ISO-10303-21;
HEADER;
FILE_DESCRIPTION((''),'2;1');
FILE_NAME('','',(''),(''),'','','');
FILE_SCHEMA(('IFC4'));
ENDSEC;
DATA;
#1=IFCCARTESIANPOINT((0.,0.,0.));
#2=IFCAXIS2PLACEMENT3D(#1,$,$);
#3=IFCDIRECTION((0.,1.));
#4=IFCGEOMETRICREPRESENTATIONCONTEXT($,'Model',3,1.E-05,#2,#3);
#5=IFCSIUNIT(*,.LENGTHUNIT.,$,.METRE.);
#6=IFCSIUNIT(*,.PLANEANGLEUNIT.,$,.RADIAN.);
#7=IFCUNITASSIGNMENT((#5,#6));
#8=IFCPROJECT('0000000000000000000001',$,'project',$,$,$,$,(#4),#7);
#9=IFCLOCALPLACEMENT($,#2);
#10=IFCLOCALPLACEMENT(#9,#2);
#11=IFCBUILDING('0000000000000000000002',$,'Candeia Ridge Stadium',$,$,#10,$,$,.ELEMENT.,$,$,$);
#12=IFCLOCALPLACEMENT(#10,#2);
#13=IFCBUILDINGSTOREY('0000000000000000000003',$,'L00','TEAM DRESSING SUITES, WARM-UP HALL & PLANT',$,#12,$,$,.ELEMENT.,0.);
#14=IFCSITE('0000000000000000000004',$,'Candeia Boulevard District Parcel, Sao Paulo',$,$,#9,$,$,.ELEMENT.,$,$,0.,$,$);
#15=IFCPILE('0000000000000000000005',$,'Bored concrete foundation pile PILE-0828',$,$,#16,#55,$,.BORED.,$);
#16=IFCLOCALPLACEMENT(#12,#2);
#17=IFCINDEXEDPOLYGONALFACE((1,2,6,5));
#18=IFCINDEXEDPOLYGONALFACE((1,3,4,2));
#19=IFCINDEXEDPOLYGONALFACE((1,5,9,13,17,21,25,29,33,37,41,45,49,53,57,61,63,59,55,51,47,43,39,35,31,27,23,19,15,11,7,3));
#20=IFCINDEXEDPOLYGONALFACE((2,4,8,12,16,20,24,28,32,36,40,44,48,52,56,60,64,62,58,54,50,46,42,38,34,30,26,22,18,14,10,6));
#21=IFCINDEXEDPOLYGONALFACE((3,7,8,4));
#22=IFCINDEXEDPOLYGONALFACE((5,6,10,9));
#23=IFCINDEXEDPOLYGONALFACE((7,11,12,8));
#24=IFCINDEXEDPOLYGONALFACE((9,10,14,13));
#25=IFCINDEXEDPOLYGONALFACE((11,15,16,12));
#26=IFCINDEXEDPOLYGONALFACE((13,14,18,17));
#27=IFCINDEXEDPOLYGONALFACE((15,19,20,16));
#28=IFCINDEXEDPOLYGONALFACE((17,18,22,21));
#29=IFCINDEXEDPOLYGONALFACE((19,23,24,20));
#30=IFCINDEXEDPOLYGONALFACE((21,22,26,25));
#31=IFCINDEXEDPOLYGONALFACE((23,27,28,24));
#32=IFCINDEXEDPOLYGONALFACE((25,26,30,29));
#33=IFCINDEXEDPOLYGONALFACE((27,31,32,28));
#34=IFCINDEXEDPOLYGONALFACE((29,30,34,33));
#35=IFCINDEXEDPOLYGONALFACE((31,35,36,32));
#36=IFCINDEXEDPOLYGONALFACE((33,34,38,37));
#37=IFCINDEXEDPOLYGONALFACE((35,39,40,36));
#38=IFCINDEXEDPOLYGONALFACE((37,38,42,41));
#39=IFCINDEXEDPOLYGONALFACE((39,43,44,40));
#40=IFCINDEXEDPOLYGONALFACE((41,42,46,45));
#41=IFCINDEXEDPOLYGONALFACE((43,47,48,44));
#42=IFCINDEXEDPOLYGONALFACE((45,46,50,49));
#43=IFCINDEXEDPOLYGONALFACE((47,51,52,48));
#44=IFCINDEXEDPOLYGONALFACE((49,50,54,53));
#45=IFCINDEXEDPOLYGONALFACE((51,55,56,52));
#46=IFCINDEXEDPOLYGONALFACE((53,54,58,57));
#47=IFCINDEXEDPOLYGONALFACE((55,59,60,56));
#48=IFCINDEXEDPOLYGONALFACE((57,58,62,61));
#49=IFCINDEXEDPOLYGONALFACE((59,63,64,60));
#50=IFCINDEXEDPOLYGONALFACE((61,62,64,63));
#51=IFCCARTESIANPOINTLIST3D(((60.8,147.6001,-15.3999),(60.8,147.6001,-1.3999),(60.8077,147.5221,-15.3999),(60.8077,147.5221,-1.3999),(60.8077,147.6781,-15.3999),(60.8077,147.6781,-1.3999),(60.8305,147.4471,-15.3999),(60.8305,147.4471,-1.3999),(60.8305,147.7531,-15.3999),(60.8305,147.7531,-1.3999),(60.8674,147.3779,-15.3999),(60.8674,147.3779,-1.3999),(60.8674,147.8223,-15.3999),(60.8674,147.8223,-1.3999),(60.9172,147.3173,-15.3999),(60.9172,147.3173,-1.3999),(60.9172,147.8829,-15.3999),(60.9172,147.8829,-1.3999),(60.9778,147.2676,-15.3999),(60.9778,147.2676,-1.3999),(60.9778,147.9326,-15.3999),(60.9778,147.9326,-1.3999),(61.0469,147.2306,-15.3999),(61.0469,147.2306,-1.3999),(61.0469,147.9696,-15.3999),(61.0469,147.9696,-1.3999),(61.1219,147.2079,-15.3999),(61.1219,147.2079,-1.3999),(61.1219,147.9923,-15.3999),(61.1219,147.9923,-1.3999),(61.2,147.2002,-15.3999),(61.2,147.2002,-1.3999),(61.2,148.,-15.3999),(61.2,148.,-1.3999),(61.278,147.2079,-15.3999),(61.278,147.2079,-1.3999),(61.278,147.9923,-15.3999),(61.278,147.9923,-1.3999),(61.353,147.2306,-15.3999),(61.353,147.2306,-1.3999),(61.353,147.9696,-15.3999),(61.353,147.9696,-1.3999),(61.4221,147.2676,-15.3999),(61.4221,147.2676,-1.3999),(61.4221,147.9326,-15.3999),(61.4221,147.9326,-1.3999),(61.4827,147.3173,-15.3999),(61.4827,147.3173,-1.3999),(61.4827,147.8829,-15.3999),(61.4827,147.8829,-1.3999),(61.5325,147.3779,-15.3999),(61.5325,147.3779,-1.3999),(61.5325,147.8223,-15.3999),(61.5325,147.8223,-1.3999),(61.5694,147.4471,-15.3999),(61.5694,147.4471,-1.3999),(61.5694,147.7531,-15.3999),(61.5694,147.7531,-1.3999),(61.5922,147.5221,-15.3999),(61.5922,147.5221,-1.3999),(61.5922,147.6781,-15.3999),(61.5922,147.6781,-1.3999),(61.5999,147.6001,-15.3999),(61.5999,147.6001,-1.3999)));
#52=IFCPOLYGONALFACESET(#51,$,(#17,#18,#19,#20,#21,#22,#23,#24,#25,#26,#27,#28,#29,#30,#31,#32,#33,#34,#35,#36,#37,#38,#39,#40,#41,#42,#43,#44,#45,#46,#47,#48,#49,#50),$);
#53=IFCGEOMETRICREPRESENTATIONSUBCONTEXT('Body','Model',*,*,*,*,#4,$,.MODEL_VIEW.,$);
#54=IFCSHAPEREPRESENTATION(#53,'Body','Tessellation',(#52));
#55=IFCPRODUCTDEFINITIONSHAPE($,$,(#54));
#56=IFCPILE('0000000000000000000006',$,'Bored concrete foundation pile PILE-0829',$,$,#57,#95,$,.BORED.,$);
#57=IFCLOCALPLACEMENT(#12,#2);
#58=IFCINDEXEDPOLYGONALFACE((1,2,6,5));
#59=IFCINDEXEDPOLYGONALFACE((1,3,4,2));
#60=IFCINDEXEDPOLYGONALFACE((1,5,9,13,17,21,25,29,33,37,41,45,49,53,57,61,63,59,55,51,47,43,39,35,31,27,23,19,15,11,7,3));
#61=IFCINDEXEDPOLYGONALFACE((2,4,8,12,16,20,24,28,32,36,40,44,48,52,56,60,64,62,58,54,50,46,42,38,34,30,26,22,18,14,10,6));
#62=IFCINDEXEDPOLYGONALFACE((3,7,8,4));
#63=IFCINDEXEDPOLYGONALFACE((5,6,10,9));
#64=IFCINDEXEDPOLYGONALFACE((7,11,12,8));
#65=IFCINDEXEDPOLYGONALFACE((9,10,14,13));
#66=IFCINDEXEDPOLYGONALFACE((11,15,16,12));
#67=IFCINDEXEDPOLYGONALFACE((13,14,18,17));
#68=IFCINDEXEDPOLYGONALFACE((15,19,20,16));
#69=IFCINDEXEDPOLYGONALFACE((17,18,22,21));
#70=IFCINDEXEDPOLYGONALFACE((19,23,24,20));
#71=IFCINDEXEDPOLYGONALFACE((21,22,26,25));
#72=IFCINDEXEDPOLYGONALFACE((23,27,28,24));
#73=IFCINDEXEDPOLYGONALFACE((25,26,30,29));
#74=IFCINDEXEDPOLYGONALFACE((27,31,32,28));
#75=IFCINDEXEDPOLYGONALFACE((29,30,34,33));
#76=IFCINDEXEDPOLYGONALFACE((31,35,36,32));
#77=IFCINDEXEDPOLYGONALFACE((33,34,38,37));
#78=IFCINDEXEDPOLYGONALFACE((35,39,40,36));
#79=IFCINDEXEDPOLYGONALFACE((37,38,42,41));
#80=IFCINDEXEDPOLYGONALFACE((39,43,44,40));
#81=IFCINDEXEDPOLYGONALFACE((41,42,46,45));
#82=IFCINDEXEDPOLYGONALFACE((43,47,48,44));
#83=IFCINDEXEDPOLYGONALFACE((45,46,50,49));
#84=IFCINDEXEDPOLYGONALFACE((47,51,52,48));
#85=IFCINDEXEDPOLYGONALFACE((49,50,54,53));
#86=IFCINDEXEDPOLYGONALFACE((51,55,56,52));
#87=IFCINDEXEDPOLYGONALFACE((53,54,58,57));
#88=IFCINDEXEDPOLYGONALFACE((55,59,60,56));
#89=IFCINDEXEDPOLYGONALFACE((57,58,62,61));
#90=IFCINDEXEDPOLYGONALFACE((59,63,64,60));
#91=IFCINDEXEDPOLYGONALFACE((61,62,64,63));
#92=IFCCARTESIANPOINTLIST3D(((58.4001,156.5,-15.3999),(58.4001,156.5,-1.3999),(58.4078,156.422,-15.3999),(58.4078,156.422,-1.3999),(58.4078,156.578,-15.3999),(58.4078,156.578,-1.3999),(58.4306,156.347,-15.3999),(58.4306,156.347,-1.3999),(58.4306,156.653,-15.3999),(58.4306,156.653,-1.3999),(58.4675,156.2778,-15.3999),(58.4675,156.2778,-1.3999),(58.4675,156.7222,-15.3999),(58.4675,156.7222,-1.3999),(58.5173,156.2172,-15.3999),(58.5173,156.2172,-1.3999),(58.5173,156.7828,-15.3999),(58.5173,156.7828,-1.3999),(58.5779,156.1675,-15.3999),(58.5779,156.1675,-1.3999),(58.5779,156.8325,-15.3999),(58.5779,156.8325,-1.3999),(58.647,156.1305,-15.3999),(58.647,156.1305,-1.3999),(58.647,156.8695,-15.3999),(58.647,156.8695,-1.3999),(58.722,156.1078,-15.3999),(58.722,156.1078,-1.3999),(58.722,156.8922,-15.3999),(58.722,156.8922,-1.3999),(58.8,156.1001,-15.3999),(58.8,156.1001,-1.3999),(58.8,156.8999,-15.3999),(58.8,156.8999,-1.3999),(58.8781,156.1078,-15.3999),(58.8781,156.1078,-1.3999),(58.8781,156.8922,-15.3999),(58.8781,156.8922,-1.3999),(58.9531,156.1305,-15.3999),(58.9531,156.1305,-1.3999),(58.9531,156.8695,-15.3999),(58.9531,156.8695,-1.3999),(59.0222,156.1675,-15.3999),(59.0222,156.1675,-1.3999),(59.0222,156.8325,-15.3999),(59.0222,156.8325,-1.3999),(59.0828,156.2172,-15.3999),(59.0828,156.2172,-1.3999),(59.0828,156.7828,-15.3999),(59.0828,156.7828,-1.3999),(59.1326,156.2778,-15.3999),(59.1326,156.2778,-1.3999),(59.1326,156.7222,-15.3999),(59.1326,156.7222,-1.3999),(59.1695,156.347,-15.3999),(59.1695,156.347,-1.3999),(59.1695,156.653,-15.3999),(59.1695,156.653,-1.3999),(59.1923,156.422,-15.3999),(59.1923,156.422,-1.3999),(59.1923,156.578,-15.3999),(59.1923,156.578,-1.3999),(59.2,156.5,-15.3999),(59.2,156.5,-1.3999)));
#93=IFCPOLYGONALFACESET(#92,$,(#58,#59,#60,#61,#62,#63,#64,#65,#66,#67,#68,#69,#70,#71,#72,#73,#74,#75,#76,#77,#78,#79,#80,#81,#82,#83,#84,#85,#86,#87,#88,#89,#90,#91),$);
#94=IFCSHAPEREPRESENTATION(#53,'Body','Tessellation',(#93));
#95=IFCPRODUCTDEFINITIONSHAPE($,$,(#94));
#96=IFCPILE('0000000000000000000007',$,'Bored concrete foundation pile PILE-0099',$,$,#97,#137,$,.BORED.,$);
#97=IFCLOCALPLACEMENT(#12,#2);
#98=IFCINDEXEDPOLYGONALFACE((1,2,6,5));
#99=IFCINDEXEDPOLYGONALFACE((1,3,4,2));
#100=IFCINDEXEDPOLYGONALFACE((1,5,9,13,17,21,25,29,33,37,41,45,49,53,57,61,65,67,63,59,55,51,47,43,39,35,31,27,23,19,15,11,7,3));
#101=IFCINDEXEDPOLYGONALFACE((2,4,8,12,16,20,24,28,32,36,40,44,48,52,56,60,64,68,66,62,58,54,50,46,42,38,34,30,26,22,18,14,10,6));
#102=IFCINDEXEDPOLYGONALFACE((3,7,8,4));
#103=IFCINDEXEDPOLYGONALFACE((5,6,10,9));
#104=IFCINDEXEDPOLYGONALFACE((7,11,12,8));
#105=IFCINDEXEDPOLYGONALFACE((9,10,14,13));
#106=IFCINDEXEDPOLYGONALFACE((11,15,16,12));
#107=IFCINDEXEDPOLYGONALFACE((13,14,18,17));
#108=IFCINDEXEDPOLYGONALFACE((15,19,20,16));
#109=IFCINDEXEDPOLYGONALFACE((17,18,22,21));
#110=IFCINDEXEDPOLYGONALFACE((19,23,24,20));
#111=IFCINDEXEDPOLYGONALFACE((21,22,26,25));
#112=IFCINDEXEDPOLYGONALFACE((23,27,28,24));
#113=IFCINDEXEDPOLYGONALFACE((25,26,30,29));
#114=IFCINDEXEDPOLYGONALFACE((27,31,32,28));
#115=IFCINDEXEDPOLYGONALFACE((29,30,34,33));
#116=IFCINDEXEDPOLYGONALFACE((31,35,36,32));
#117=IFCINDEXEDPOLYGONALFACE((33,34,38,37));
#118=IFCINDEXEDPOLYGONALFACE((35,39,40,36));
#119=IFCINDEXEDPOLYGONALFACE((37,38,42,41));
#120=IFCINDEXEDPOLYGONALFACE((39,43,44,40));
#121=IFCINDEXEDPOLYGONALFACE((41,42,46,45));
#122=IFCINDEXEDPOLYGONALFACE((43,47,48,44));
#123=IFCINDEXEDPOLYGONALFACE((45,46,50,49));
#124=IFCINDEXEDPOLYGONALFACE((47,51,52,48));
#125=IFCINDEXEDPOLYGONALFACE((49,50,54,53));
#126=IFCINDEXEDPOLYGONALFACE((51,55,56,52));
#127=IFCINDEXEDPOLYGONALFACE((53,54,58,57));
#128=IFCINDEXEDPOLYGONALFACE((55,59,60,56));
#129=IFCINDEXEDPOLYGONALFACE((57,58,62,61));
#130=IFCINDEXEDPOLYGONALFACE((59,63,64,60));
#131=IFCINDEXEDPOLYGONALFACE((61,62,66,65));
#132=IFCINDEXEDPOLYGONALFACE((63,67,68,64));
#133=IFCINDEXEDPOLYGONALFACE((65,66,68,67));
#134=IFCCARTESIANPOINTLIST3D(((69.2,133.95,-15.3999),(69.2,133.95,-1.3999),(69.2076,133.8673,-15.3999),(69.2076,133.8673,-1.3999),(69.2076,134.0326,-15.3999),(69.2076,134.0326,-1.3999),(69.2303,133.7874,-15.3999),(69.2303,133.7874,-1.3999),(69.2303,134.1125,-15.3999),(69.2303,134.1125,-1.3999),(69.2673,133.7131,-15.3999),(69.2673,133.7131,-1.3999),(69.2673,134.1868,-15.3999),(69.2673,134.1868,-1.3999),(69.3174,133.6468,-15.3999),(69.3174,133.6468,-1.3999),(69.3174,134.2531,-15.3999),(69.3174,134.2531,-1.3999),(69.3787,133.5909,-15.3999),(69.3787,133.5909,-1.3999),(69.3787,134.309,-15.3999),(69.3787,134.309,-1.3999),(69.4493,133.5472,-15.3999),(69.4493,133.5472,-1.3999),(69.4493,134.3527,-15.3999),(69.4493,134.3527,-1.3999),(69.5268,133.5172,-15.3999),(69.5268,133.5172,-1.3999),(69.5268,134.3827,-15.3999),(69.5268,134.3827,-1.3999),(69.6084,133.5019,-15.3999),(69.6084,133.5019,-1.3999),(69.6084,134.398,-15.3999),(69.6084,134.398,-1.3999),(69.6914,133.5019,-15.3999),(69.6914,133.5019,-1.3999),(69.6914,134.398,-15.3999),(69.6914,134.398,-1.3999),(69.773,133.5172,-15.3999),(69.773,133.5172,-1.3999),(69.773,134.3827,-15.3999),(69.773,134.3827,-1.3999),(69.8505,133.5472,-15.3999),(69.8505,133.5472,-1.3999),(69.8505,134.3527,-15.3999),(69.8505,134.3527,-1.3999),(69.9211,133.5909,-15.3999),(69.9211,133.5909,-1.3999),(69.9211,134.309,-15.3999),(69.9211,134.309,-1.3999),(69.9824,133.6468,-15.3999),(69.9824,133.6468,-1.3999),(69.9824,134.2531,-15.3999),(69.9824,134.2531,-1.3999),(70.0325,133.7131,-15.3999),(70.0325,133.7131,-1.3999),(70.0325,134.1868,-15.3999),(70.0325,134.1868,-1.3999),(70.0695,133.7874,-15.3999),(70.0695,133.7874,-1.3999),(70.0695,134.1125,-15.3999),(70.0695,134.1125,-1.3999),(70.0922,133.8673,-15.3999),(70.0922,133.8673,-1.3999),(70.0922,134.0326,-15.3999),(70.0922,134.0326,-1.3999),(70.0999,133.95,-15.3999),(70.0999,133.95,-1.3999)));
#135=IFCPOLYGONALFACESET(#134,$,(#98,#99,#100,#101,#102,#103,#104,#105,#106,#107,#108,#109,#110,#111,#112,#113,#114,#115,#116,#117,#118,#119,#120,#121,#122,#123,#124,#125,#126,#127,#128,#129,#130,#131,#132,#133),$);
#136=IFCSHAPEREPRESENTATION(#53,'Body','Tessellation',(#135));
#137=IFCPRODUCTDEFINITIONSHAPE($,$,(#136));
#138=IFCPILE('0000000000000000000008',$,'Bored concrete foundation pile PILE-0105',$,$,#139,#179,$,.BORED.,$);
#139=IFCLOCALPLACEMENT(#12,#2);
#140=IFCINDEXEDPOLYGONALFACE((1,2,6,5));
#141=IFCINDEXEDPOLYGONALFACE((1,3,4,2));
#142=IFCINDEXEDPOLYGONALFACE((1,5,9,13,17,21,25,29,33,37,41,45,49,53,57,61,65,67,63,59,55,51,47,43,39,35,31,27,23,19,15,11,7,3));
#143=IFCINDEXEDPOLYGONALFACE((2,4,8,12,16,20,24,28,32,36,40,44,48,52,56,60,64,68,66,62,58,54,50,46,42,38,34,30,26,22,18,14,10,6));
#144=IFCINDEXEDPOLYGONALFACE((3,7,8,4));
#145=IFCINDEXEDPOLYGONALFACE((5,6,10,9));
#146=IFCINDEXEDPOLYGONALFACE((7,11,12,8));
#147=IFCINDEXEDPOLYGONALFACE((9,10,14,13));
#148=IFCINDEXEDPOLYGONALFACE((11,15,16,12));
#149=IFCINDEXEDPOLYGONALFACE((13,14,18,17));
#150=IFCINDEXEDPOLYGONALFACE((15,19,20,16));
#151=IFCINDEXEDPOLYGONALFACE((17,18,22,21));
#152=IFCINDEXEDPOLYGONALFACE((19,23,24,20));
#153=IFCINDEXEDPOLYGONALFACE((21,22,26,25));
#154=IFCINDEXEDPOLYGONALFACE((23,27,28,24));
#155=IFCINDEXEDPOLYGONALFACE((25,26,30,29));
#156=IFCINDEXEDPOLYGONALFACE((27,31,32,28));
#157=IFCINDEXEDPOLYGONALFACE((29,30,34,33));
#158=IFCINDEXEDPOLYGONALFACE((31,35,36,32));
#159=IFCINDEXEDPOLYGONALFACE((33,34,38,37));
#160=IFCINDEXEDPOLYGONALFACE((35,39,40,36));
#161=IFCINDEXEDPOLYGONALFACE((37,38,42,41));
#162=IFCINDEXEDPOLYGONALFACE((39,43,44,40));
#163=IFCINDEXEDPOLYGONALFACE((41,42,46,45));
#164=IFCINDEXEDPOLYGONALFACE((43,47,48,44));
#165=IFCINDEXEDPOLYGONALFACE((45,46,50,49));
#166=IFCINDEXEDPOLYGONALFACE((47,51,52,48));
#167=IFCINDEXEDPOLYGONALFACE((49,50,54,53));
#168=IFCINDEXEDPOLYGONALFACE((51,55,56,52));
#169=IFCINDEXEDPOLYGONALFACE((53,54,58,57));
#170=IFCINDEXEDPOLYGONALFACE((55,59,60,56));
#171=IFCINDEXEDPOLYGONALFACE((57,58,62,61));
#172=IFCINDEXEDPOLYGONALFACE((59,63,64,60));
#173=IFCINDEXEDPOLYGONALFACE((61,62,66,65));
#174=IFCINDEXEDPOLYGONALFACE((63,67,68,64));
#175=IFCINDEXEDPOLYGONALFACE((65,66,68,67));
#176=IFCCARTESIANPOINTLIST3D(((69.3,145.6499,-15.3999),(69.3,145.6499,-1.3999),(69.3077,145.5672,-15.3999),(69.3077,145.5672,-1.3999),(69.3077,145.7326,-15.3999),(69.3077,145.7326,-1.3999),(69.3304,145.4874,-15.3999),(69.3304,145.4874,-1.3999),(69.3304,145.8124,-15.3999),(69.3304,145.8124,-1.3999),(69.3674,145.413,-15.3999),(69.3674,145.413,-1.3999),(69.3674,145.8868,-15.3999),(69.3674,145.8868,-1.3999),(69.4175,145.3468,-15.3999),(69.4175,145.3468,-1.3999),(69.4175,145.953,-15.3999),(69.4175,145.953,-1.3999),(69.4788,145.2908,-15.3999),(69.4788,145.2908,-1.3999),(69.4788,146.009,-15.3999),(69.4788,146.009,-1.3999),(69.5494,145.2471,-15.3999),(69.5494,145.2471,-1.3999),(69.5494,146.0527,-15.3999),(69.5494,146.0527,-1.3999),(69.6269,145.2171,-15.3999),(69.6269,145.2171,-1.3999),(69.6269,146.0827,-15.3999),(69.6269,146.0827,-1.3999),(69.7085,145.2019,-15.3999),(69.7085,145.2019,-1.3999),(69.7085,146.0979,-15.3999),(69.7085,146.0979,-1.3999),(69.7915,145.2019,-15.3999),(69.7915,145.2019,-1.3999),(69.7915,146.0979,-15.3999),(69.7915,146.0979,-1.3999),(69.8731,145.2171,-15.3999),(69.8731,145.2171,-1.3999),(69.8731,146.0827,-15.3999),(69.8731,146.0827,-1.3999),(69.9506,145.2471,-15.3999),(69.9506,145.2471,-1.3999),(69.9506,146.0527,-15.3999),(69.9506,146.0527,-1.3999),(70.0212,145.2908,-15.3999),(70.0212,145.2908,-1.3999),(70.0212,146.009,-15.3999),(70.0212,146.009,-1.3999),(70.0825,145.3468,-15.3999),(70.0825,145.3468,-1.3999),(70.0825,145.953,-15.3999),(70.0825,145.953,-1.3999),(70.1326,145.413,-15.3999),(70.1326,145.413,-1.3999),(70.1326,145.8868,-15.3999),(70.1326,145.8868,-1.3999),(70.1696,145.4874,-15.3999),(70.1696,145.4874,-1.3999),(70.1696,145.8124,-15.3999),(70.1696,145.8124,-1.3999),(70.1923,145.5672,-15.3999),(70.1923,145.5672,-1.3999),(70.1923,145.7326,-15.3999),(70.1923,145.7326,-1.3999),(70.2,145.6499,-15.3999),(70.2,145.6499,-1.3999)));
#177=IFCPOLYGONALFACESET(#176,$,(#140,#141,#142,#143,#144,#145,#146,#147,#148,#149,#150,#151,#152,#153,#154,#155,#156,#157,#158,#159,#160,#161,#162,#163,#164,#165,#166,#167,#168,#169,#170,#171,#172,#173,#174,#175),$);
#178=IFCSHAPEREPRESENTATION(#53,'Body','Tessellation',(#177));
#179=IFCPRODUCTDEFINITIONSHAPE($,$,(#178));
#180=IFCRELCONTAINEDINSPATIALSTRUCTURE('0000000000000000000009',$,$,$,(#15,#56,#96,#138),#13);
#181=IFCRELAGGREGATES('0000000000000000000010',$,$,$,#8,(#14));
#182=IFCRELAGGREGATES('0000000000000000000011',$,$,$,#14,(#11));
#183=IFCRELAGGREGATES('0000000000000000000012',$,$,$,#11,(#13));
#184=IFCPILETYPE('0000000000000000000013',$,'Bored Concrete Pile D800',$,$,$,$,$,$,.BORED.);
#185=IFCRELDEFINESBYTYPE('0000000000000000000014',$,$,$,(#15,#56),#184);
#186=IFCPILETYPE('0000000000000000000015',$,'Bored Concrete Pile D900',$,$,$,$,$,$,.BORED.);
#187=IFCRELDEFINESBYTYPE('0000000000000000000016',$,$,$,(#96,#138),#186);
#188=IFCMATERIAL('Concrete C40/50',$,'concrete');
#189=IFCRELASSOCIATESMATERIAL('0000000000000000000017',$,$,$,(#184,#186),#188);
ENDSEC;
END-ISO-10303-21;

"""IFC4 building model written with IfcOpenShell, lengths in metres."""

from ifc_helpers import new_model, si_unit, direction, frame, origin, origin_2d, place, context, subcontext, project, spatial, circle, extrude, material, material_profile, profile_set, type_object, element, save


model = new_model("IFC4")

# Units and contexts
model_context = context("Model", 3, precision=1e-05, world=origin(), true_north=direction((0.0, 1.0)))
body_context = subcontext(model_context, "Body", "Model", "MODEL_VIEW")
ifc_project = project(units=[si_unit("LENGTHUNIT", "METRE"), si_unit("PLANEANGLEUNIT", "RADIAN")], contexts=[model_context])

# Site, building, storey
site_placement = place(None, origin())
site = spatial("IfcSite", under=ifc_project, at=site_placement, Name="Candeia Boulevard District Parcel, Sao Paulo", CompositionType="ELEMENT", RefElevation=0.0)
building_placement = place(site_placement, origin())
building = spatial("IfcBuilding", under=site, at=building_placement, Name="Candeia Ridge Stadium", CompositionType="ELEMENT")
storey_placement = place(building_placement, origin())
storey = spatial("IfcBuildingStorey", under=building, at=storey_placement, Name="L00", Description="TEAM DRESSING SUITES, WARM-UP HALL & PLANT", CompositionType="ELEMENT", Elevation=0.0)

# Piles
ifc_material_1 = material(Name="Concrete C40/50", Category="concrete")
ifc_material_profile_1 = material_profile(ifc_material_1, circle(Radius=0.3999, at=origin_2d()), Name="PILE-D800", Category="concrete")
ifc_profile_set_1 = profile_set([ifc_material_profile_1], Name="Concrete C40/50")
pile_type_1 = type_object("IfcPileType", Name="Bored Concrete Pile D800", PredefinedType="BORED", material=ifc_profile_set_1)
for number, where, z_axis, x_axis, name in (
    (1, (61.2, 147.6001, -1.3999), (0.0, 0.0, -1.0), (1.0, 0.0, 0.0), "Bored concrete foundation pile PILE-0828"),
    (2, (58.8, 156.5, -1.3999), (0.0, 0.0, -1.0), (1.0, 0.0, 0.0), "Bored concrete foundation pile PILE-0829"),
):
    element("IfcPile", number, at=place(storey_placement, frame(where, z_axis=z_axis, x_axis=x_axis)), inside=storey, type_object=pile_type_1, Name=name, PredefinedType="BORED", context=body_context, shape_type="SweptSolid", body=[
        extrude(circle(Radius=0.3999, at=origin_2d()), origin(), (0.0, 0.0, 1.0), 14.0),
    ])
ifc_material_profile_2 = material_profile(ifc_material_1, circle(Radius=0.45, at=origin_2d()), Name="PILE-D900", Category="concrete")
ifc_profile_set_2 = profile_set([ifc_material_profile_2], Name="Concrete C40/50")
pile_type_2 = type_object("IfcPileType", Name="Bored Concrete Pile D900", PredefinedType="BORED", material=ifc_profile_set_2)
for number, where, z_axis, x_axis, name in (
    (3, (69.6499, 133.95, -1.3999), (0.0, 0.0, -1.0), (1.0, 0.0, 0.0), "Bored concrete foundation pile PILE-0099"),
    (4, (69.75, 145.6499, -1.3999), (0.0, 0.0, -1.0), (1.0, 0.0, 0.0), "Bored concrete foundation pile PILE-0105"),
):
    element("IfcPile", number, at=place(storey_placement, frame(where, z_axis=z_axis, x_axis=x_axis)), inside=storey, type_object=pile_type_2, Name=name, PredefinedType="BORED", context=body_context, shape_type="SweptSolid", body=[
        extrude(circle(Radius=0.45, at=origin_2d()), origin(), (0.0, 0.0, 1.0), 14.0),
    ])

save(model, "model.ifc")
